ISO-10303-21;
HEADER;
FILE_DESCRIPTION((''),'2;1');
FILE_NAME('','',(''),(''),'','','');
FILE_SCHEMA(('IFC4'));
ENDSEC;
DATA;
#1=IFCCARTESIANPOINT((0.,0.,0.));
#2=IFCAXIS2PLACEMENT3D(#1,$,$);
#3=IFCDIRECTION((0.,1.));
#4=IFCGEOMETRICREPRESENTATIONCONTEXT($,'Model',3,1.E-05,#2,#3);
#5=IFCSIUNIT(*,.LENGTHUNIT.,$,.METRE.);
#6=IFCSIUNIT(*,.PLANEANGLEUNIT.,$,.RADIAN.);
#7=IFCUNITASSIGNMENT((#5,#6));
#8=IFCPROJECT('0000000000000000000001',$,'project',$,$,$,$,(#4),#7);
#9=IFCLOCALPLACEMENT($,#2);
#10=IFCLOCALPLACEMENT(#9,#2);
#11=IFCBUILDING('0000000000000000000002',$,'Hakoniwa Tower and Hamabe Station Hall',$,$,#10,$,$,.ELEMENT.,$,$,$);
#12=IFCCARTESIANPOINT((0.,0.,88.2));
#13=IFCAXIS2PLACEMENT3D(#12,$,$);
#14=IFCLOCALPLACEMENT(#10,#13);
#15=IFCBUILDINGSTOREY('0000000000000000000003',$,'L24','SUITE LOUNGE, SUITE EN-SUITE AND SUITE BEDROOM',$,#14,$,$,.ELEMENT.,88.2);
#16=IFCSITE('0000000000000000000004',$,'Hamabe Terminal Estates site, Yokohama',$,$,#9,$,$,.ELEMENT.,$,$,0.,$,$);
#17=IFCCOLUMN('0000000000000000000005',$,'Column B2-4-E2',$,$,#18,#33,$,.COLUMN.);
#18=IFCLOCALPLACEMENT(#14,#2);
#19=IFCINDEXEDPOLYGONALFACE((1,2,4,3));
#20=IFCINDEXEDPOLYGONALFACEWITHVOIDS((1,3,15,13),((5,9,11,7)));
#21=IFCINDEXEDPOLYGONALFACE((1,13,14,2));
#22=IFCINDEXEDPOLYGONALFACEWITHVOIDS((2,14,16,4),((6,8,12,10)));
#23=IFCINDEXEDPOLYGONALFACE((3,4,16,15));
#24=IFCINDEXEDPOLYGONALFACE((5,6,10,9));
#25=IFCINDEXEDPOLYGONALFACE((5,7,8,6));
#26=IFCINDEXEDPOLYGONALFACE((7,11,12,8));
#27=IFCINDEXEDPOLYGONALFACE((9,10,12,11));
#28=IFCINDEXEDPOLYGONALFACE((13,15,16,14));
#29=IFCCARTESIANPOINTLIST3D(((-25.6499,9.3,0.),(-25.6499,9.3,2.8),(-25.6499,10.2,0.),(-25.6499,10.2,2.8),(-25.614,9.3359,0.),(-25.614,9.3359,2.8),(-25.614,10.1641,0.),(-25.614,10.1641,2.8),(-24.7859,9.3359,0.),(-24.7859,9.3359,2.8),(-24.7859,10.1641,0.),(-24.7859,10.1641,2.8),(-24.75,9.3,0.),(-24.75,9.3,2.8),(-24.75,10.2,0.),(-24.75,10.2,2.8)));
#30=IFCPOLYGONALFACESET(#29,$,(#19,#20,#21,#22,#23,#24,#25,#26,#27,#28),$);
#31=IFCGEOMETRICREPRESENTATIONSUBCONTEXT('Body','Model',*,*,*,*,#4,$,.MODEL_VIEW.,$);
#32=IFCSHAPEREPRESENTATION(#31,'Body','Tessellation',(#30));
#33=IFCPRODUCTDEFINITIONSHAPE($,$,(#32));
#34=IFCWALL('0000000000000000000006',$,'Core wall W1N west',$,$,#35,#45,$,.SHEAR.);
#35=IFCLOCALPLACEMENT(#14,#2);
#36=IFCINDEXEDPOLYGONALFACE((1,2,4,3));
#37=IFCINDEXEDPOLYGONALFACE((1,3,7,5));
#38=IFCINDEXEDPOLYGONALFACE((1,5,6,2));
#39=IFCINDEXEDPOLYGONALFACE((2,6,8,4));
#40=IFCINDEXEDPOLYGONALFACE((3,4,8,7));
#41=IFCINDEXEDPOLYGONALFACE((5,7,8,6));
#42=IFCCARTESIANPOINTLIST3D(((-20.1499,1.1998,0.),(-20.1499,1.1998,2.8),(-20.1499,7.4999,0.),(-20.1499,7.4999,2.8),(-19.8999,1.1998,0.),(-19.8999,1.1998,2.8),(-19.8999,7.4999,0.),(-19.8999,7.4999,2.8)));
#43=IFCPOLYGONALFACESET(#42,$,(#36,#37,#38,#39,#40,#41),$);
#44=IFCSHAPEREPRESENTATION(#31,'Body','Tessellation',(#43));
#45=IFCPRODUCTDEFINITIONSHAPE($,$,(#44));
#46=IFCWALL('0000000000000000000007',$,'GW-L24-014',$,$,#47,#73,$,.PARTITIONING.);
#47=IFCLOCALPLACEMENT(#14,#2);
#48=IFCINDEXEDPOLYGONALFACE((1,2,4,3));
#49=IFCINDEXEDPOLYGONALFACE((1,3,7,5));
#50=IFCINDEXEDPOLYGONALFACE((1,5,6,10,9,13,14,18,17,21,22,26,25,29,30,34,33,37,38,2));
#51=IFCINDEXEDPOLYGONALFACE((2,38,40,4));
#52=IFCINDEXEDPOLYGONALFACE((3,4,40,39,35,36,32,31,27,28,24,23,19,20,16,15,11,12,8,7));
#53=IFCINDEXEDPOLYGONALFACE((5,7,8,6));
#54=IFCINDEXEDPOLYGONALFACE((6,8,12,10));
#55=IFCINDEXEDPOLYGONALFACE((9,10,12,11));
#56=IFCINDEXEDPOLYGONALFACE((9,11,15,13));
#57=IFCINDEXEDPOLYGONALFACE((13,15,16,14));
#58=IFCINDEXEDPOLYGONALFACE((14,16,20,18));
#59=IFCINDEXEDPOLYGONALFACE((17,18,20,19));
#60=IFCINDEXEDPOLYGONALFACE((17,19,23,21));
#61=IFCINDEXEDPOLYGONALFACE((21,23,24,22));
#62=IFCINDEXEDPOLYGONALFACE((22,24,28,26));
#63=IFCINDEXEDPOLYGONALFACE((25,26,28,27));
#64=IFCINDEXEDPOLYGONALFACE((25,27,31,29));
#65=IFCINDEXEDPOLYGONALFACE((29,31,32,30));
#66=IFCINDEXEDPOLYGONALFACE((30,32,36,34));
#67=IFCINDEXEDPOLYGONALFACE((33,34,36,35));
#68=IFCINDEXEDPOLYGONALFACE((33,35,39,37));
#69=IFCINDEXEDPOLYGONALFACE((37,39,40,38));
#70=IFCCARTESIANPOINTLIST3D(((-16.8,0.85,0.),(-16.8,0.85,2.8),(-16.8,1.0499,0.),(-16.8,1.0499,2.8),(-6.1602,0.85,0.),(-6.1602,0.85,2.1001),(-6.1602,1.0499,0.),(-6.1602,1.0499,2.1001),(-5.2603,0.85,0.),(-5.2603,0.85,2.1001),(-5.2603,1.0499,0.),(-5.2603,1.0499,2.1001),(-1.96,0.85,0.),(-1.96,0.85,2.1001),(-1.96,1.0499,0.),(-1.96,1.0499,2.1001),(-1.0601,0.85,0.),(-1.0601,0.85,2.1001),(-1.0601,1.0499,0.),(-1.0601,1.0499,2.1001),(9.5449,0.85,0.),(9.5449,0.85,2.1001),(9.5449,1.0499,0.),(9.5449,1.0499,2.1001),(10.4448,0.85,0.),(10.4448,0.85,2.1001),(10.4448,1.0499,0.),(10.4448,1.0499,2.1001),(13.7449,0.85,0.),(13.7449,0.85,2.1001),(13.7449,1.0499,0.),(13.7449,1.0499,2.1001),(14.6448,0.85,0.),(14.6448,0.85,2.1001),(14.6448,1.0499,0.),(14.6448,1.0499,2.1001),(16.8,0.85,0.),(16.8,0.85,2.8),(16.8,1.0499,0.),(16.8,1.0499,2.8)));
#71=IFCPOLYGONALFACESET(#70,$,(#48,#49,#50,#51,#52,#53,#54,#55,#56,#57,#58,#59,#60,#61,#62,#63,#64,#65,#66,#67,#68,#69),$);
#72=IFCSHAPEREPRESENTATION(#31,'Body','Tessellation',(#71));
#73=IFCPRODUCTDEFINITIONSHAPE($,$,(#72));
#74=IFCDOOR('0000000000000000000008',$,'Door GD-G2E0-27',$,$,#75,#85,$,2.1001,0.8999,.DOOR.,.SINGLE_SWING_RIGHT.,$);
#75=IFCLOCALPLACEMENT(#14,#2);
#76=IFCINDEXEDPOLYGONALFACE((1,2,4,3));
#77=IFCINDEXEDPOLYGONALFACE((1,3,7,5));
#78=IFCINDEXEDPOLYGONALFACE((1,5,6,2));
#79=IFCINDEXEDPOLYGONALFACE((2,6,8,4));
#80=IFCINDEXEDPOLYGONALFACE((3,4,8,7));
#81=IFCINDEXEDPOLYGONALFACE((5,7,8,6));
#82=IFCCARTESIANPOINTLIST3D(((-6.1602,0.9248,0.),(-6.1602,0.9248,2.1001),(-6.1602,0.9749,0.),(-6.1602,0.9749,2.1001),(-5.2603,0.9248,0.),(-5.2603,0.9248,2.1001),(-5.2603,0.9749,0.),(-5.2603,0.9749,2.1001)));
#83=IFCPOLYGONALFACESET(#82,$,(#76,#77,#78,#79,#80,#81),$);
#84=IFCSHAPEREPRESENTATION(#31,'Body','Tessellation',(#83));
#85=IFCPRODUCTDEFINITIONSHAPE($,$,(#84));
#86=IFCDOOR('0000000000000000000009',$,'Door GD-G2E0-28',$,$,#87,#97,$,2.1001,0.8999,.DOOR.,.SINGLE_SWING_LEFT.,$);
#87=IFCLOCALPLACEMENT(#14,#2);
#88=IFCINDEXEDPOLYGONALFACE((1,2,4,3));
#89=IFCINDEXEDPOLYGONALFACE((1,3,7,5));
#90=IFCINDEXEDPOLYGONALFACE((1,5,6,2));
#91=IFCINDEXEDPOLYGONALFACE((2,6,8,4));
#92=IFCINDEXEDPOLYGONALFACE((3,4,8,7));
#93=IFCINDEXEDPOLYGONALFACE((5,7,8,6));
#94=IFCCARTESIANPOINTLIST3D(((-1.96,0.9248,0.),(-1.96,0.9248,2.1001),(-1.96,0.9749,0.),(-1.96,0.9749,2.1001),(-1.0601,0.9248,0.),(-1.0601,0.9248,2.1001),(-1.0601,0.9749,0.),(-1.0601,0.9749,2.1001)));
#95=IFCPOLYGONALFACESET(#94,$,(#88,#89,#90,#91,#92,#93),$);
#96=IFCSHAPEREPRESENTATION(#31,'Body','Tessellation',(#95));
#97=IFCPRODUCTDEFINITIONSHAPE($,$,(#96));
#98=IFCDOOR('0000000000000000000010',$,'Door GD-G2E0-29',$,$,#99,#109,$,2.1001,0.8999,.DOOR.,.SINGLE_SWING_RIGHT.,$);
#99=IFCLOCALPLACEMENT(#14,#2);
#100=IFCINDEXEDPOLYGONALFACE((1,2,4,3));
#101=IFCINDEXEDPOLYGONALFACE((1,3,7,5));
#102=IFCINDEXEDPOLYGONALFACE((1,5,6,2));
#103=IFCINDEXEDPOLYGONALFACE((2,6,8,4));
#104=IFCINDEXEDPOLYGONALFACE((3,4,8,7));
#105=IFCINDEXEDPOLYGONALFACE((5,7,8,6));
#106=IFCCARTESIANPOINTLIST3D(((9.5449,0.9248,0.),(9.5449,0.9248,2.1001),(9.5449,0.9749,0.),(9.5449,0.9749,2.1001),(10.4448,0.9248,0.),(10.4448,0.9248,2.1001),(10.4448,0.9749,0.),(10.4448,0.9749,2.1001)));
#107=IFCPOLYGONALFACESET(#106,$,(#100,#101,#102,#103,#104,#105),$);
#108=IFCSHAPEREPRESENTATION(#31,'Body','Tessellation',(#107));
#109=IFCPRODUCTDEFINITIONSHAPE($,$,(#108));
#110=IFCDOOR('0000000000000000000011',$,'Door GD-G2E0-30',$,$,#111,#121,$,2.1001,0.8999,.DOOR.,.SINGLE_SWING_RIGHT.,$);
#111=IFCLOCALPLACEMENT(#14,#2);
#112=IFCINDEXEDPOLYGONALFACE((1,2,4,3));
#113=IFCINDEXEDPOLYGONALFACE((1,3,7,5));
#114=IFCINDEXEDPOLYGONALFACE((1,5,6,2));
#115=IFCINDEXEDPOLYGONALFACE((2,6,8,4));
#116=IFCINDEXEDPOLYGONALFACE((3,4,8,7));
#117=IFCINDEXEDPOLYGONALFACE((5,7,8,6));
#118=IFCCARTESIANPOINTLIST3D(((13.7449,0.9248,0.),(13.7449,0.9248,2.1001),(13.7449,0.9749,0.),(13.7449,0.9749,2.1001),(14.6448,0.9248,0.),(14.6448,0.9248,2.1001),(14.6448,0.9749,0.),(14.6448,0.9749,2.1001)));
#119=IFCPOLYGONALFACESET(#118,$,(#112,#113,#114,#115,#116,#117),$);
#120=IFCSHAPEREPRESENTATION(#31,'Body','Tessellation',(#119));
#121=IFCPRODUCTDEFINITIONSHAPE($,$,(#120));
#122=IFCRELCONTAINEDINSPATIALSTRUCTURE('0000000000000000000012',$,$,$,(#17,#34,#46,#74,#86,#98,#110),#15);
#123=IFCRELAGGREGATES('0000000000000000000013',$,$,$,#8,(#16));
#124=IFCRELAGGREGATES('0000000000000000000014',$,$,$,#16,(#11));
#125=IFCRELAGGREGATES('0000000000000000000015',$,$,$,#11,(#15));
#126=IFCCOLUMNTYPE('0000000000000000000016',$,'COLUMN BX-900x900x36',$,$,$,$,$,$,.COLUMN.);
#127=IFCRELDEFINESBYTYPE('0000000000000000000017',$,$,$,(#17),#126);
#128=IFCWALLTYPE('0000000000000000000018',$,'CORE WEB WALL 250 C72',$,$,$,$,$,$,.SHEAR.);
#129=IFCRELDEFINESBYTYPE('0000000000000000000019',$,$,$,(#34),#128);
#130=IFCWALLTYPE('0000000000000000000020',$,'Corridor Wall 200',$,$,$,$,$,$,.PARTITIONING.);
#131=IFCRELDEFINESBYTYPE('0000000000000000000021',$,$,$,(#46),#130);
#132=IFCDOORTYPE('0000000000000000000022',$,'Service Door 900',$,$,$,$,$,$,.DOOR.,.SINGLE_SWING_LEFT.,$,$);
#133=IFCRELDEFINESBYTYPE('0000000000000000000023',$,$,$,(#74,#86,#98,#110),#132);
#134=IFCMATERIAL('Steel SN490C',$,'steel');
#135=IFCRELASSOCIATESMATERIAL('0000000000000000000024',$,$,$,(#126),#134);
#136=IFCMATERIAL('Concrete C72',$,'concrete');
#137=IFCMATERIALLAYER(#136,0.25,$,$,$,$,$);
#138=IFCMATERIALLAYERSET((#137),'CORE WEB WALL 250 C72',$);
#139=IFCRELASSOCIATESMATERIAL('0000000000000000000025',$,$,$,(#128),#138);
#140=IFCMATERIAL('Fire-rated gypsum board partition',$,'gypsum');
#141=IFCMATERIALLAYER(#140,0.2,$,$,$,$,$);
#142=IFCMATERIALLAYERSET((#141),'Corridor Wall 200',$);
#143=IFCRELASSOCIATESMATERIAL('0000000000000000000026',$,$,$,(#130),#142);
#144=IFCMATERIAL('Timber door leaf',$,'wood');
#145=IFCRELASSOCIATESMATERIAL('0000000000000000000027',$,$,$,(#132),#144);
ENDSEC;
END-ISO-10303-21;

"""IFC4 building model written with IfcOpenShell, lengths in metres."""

from ifc_helpers import new_model, si_unit, direction, frame, frame_2d, origin, origin_2d, place, context, subcontext, project, spatial, rectangle, hollow_rectangle, extrude, material, layer, layer_set, material_profile, profile_set, type_object, element, fill, save


model = new_model("IFC4")

# Units and contexts
model_context = context("Model", 3, precision=1e-05, world=origin(), true_north=direction((0.0, 1.0)))
body_context = subcontext(model_context, "Body", "Model", "MODEL_VIEW")
ifc_project = project(units=[si_unit("LENGTHUNIT", "METRE"), si_unit("PLANEANGLEUNIT", "RADIAN")], contexts=[model_context])

# Site, building, storey
site_placement = place(None, origin())
site = spatial("IfcSite", under=ifc_project, at=site_placement, Name="Hamabe Terminal Estates site, Yokohama", CompositionType="ELEMENT", RefElevation=0.0)
building_placement = place(site_placement, origin())
building = spatial("IfcBuilding", under=site, at=building_placement, Name="Hakoniwa Tower and Hamabe Station Hall", CompositionType="ELEMENT")
storey_placement = place(building_placement, frame((0.0, 0.0, 88.2)))
storey = spatial("IfcBuildingStorey", under=building, at=storey_placement, Name="L24", Description="SUITE LOUNGE, SUITE EN-SUITE AND SUITE BEDROOM", CompositionType="ELEMENT", Elevation=88.2)

# Column
ifc_material_1 = material(Name="Steel SN490C", Category="steel")
ifc_material_profile = material_profile(ifc_material_1, hollow_rectangle(XDim=0.8999, YDim=0.8999, WallThickness=0.0359, at=origin_2d()), Name="BX-900x900x36")
ifc_profile_set = profile_set([ifc_material_profile], Name="Steel SN490C")
column_type = type_object("IfcColumnType", Name="COLUMN BX-900x900x36", PredefinedType="COLUMN", material=ifc_profile_set)
column_placement = place(storey_placement, frame((-25.2, 9.75, 0.0), z_axis=(0.0, 0.0, 1.0), x_axis=(1.0, 0.0, 0.0)))
element("IfcColumn", 1, at=column_placement, inside=storey, type_object=column_type, Name="Column B2-4-E2", PredefinedType="COLUMN", context=body_context, shape_type="SweptSolid", body=[
    extrude(hollow_rectangle(XDim=0.8999, YDim=0.8999, WallThickness=0.0359, at=origin_2d()), origin(), (0.0, 0.0, 1.0), 2.8),
])

# Wall
ifc_material_2 = material(Name="Concrete C72", Category="concrete")
ifc_layer_1 = layer(ifc_material_2, 0.25)
ifc_layer_set_1 = layer_set([ifc_layer_1], Name="CORE WEB WALL 250 C72")
wall_type_1 = type_object("IfcWallType", Name="CORE WEB WALL 250 C72", PredefinedType="SHEAR", material=ifc_layer_set_1)
wall_1_placement = place(storey_placement, frame((-20.0249, 1.2, 0.0), z_axis=(0.0, 0.0, 1.0), x_axis=(0.0, 1.0, 0.0)))
element("IfcWall", 2, at=wall_1_placement, inside=storey, type_object=wall_type_1, Name="Core wall W1N west", PredefinedType="SHEAR", context=body_context, shape_type="SweptSolid", body=[
    extrude(rectangle(XDim=6.3, YDim=0.25, at=frame_2d((3.1499, 0.0))), origin(), (0.0, 0.0, 1.0), 2.8),
])

# Wall, openings, doors
ifc_material_3 = material(Name="Fire-rated gypsum board partition", Category="gypsum")
ifc_layer_2 = layer(ifc_material_3, 0.2)
ifc_layer_set_2 = layer_set([ifc_layer_2], Name="Corridor Wall 200")
wall_type_2 = type_object("IfcWallType", Name="Corridor Wall 200", PredefinedType="PARTITIONING", material=ifc_layer_set_2)
wall_2_placement = place(storey_placement, frame((-16.8, 0.95, 0.0), z_axis=(0.0, 0.0, 1.0), x_axis=(1.0, 0.0, 0.0)))
wall_2 = element("IfcWall", 3, at=wall_2_placement, inside=storey, type_object=wall_type_2, Name="GW-L24-014", PredefinedType="PARTITIONING", context=body_context, shape_type="SweptSolid", body=[
    extrude(rectangle(XDim=33.6001, YDim=0.2, at=frame_2d((16.8, 0.0))), origin(), (0.0, 0.0, 1.0), 2.8),
])
opening_1_placement = place(wall_2_placement, frame((10.6399, 0.0, 0.0)))
opening_1 = element("IfcOpeningElement", 4, at=opening_1_placement, cuts=wall_2, PredefinedType="OPENING", context=body_context, shape_type="SweptSolid", body=[
    extrude(rectangle(XDim=0.8999, YDim=2.1001, at=frame_2d((0.45, 1.05))), frame((0.0, 0.1099, 0.0), z_axis=(0.0, -1.0, 0.0), x_axis=(1.0, 0.0, 0.0)), (0.0, 0.0, 1.0), 0.22),
])
opening_2_placement = place(wall_2_placement, frame((14.8401, 0.0, 0.0)))
opening_2 = element("IfcOpeningElement", 5, at=opening_2_placement, cuts=wall_2, PredefinedType="OPENING", context=body_context, shape_type="SweptSolid", body=[
    extrude(rectangle(XDim=0.8999, YDim=2.1001, at=frame_2d((0.45, 1.05))), frame((0.0, 0.1099, 0.0), z_axis=(0.0, -1.0, 0.0), x_axis=(1.0, 0.0, 0.0)), (0.0, 0.0, 1.0), 0.22),
])
opening_3_placement = place(wall_2_placement, frame((26.345, 0.0, 0.0)))
opening_3 = element("IfcOpeningElement", 6, at=opening_3_placement, cuts=wall_2, PredefinedType="OPENING", context=body_context, shape_type="SweptSolid", body=[
    extrude(rectangle(XDim=0.8999, YDim=2.1001, at=frame_2d((0.45, 1.05))), frame((0.0, 0.1099, 0.0), z_axis=(0.0, -1.0, 0.0), x_axis=(1.0, 0.0, 0.0)), (0.0, 0.0, 1.0), 0.22),
])
opening_4_placement = place(wall_2_placement, frame((30.5449, 0.0, 0.0)))
opening_4 = element("IfcOpeningElement", 7, at=opening_4_placement, cuts=wall_2, PredefinedType="OPENING", context=body_context, shape_type="SweptSolid", body=[
    extrude(rectangle(XDim=0.8999, YDim=2.1001, at=frame_2d((0.45, 1.05))), frame((0.0, 0.1099, 0.0), z_axis=(0.0, -1.0, 0.0), x_axis=(1.0, 0.0, 0.0)), (0.0, 0.0, 1.0), 0.22),
])
ifc_material_4 = material(Name="Timber door leaf", Category="wood")
door_type_1 = type_object("IfcDoorType", Name="Service Door 900", OperationType="SINGLE_SWING_LEFT", PredefinedType="DOOR", material=ifc_material_4)
door_1_placement = place(opening_1_placement, origin())
door_1 = element("IfcDoor", 8, at=door_1_placement, inside=storey, type_object=door_type_1, Name="Door GD-G2E0-27", OperationType="SINGLE_SWING_RIGHT", OverallHeight=2.1001, OverallWidth=0.8999, PredefinedType="DOOR", context=body_context, shape_type="SweptSolid", body=[
    extrude(rectangle(XDim=0.8999, YDim=2.1001, at=frame_2d((0.45, 1.05))), frame((0.0, 0.0249, 0.0), z_axis=(0.0, -1.0, 0.0), x_axis=(1.0, 0.0, 0.0)), (0.0, 0.0, 1.0), 0.05),
])
fill(opening_1, door_1)
door_2_placement = place(opening_2_placement, origin())
door_2 = element("IfcDoor", 9, at=door_2_placement, inside=storey, type_object=door_type_1, Name="Door GD-G2E0-28", OperationType="SINGLE_SWING_LEFT", OverallHeight=2.1001, OverallWidth=0.8999, PredefinedType="DOOR", context=body_context, shape_type="SweptSolid", body=[
    extrude(rectangle(XDim=0.8999, YDim=2.1001, at=frame_2d((0.45, 1.05))), frame((0.0, 0.0249, 0.0), z_axis=(0.0, -1.0, 0.0), x_axis=(1.0, 0.0, 0.0)), (0.0, 0.0, 1.0), 0.05),
])
fill(opening_2, door_2)
door_3_placement = place(opening_3_placement, origin())
door_3 = element("IfcDoor", 10, at=door_3_placement, inside=storey, type_object=door_type_1, Name="Door GD-G2E0-29", OperationType="SINGLE_SWING_RIGHT", OverallHeight=2.1001, OverallWidth=0.8999, PredefinedType="DOOR", context=body_context, shape_type="SweptSolid", body=[
    extrude(rectangle(XDim=0.8999, YDim=2.1001, at=frame_2d((0.45, 1.05))), frame((0.0, 0.0249, 0.0), z_axis=(0.0, -1.0, 0.0), x_axis=(1.0, 0.0, 0.0)), (0.0, 0.0, 1.0), 0.05),
])
fill(opening_3, door_3)
door_4_placement = place(opening_4_placement, origin())
door_4 = element("IfcDoor", 11, at=door_4_placement, inside=storey, type_object=door_type_1, Name="Door GD-G2E0-30", OperationType="SINGLE_SWING_RIGHT", OverallHeight=2.1001, OverallWidth=0.8999, PredefinedType="DOOR", context=body_context, shape_type="SweptSolid", body=[
    extrude(rectangle(XDim=0.8999, YDim=2.1001, at=frame_2d((0.45, 1.05))), frame((0.0, 0.0249, 0.0), z_axis=(0.0, -1.0, 0.0), x_axis=(1.0, 0.0, 0.0)), (0.0, 0.0, 1.0), 0.05),
])
fill(opening_4, door_4)

save(model, "model.ifc")
